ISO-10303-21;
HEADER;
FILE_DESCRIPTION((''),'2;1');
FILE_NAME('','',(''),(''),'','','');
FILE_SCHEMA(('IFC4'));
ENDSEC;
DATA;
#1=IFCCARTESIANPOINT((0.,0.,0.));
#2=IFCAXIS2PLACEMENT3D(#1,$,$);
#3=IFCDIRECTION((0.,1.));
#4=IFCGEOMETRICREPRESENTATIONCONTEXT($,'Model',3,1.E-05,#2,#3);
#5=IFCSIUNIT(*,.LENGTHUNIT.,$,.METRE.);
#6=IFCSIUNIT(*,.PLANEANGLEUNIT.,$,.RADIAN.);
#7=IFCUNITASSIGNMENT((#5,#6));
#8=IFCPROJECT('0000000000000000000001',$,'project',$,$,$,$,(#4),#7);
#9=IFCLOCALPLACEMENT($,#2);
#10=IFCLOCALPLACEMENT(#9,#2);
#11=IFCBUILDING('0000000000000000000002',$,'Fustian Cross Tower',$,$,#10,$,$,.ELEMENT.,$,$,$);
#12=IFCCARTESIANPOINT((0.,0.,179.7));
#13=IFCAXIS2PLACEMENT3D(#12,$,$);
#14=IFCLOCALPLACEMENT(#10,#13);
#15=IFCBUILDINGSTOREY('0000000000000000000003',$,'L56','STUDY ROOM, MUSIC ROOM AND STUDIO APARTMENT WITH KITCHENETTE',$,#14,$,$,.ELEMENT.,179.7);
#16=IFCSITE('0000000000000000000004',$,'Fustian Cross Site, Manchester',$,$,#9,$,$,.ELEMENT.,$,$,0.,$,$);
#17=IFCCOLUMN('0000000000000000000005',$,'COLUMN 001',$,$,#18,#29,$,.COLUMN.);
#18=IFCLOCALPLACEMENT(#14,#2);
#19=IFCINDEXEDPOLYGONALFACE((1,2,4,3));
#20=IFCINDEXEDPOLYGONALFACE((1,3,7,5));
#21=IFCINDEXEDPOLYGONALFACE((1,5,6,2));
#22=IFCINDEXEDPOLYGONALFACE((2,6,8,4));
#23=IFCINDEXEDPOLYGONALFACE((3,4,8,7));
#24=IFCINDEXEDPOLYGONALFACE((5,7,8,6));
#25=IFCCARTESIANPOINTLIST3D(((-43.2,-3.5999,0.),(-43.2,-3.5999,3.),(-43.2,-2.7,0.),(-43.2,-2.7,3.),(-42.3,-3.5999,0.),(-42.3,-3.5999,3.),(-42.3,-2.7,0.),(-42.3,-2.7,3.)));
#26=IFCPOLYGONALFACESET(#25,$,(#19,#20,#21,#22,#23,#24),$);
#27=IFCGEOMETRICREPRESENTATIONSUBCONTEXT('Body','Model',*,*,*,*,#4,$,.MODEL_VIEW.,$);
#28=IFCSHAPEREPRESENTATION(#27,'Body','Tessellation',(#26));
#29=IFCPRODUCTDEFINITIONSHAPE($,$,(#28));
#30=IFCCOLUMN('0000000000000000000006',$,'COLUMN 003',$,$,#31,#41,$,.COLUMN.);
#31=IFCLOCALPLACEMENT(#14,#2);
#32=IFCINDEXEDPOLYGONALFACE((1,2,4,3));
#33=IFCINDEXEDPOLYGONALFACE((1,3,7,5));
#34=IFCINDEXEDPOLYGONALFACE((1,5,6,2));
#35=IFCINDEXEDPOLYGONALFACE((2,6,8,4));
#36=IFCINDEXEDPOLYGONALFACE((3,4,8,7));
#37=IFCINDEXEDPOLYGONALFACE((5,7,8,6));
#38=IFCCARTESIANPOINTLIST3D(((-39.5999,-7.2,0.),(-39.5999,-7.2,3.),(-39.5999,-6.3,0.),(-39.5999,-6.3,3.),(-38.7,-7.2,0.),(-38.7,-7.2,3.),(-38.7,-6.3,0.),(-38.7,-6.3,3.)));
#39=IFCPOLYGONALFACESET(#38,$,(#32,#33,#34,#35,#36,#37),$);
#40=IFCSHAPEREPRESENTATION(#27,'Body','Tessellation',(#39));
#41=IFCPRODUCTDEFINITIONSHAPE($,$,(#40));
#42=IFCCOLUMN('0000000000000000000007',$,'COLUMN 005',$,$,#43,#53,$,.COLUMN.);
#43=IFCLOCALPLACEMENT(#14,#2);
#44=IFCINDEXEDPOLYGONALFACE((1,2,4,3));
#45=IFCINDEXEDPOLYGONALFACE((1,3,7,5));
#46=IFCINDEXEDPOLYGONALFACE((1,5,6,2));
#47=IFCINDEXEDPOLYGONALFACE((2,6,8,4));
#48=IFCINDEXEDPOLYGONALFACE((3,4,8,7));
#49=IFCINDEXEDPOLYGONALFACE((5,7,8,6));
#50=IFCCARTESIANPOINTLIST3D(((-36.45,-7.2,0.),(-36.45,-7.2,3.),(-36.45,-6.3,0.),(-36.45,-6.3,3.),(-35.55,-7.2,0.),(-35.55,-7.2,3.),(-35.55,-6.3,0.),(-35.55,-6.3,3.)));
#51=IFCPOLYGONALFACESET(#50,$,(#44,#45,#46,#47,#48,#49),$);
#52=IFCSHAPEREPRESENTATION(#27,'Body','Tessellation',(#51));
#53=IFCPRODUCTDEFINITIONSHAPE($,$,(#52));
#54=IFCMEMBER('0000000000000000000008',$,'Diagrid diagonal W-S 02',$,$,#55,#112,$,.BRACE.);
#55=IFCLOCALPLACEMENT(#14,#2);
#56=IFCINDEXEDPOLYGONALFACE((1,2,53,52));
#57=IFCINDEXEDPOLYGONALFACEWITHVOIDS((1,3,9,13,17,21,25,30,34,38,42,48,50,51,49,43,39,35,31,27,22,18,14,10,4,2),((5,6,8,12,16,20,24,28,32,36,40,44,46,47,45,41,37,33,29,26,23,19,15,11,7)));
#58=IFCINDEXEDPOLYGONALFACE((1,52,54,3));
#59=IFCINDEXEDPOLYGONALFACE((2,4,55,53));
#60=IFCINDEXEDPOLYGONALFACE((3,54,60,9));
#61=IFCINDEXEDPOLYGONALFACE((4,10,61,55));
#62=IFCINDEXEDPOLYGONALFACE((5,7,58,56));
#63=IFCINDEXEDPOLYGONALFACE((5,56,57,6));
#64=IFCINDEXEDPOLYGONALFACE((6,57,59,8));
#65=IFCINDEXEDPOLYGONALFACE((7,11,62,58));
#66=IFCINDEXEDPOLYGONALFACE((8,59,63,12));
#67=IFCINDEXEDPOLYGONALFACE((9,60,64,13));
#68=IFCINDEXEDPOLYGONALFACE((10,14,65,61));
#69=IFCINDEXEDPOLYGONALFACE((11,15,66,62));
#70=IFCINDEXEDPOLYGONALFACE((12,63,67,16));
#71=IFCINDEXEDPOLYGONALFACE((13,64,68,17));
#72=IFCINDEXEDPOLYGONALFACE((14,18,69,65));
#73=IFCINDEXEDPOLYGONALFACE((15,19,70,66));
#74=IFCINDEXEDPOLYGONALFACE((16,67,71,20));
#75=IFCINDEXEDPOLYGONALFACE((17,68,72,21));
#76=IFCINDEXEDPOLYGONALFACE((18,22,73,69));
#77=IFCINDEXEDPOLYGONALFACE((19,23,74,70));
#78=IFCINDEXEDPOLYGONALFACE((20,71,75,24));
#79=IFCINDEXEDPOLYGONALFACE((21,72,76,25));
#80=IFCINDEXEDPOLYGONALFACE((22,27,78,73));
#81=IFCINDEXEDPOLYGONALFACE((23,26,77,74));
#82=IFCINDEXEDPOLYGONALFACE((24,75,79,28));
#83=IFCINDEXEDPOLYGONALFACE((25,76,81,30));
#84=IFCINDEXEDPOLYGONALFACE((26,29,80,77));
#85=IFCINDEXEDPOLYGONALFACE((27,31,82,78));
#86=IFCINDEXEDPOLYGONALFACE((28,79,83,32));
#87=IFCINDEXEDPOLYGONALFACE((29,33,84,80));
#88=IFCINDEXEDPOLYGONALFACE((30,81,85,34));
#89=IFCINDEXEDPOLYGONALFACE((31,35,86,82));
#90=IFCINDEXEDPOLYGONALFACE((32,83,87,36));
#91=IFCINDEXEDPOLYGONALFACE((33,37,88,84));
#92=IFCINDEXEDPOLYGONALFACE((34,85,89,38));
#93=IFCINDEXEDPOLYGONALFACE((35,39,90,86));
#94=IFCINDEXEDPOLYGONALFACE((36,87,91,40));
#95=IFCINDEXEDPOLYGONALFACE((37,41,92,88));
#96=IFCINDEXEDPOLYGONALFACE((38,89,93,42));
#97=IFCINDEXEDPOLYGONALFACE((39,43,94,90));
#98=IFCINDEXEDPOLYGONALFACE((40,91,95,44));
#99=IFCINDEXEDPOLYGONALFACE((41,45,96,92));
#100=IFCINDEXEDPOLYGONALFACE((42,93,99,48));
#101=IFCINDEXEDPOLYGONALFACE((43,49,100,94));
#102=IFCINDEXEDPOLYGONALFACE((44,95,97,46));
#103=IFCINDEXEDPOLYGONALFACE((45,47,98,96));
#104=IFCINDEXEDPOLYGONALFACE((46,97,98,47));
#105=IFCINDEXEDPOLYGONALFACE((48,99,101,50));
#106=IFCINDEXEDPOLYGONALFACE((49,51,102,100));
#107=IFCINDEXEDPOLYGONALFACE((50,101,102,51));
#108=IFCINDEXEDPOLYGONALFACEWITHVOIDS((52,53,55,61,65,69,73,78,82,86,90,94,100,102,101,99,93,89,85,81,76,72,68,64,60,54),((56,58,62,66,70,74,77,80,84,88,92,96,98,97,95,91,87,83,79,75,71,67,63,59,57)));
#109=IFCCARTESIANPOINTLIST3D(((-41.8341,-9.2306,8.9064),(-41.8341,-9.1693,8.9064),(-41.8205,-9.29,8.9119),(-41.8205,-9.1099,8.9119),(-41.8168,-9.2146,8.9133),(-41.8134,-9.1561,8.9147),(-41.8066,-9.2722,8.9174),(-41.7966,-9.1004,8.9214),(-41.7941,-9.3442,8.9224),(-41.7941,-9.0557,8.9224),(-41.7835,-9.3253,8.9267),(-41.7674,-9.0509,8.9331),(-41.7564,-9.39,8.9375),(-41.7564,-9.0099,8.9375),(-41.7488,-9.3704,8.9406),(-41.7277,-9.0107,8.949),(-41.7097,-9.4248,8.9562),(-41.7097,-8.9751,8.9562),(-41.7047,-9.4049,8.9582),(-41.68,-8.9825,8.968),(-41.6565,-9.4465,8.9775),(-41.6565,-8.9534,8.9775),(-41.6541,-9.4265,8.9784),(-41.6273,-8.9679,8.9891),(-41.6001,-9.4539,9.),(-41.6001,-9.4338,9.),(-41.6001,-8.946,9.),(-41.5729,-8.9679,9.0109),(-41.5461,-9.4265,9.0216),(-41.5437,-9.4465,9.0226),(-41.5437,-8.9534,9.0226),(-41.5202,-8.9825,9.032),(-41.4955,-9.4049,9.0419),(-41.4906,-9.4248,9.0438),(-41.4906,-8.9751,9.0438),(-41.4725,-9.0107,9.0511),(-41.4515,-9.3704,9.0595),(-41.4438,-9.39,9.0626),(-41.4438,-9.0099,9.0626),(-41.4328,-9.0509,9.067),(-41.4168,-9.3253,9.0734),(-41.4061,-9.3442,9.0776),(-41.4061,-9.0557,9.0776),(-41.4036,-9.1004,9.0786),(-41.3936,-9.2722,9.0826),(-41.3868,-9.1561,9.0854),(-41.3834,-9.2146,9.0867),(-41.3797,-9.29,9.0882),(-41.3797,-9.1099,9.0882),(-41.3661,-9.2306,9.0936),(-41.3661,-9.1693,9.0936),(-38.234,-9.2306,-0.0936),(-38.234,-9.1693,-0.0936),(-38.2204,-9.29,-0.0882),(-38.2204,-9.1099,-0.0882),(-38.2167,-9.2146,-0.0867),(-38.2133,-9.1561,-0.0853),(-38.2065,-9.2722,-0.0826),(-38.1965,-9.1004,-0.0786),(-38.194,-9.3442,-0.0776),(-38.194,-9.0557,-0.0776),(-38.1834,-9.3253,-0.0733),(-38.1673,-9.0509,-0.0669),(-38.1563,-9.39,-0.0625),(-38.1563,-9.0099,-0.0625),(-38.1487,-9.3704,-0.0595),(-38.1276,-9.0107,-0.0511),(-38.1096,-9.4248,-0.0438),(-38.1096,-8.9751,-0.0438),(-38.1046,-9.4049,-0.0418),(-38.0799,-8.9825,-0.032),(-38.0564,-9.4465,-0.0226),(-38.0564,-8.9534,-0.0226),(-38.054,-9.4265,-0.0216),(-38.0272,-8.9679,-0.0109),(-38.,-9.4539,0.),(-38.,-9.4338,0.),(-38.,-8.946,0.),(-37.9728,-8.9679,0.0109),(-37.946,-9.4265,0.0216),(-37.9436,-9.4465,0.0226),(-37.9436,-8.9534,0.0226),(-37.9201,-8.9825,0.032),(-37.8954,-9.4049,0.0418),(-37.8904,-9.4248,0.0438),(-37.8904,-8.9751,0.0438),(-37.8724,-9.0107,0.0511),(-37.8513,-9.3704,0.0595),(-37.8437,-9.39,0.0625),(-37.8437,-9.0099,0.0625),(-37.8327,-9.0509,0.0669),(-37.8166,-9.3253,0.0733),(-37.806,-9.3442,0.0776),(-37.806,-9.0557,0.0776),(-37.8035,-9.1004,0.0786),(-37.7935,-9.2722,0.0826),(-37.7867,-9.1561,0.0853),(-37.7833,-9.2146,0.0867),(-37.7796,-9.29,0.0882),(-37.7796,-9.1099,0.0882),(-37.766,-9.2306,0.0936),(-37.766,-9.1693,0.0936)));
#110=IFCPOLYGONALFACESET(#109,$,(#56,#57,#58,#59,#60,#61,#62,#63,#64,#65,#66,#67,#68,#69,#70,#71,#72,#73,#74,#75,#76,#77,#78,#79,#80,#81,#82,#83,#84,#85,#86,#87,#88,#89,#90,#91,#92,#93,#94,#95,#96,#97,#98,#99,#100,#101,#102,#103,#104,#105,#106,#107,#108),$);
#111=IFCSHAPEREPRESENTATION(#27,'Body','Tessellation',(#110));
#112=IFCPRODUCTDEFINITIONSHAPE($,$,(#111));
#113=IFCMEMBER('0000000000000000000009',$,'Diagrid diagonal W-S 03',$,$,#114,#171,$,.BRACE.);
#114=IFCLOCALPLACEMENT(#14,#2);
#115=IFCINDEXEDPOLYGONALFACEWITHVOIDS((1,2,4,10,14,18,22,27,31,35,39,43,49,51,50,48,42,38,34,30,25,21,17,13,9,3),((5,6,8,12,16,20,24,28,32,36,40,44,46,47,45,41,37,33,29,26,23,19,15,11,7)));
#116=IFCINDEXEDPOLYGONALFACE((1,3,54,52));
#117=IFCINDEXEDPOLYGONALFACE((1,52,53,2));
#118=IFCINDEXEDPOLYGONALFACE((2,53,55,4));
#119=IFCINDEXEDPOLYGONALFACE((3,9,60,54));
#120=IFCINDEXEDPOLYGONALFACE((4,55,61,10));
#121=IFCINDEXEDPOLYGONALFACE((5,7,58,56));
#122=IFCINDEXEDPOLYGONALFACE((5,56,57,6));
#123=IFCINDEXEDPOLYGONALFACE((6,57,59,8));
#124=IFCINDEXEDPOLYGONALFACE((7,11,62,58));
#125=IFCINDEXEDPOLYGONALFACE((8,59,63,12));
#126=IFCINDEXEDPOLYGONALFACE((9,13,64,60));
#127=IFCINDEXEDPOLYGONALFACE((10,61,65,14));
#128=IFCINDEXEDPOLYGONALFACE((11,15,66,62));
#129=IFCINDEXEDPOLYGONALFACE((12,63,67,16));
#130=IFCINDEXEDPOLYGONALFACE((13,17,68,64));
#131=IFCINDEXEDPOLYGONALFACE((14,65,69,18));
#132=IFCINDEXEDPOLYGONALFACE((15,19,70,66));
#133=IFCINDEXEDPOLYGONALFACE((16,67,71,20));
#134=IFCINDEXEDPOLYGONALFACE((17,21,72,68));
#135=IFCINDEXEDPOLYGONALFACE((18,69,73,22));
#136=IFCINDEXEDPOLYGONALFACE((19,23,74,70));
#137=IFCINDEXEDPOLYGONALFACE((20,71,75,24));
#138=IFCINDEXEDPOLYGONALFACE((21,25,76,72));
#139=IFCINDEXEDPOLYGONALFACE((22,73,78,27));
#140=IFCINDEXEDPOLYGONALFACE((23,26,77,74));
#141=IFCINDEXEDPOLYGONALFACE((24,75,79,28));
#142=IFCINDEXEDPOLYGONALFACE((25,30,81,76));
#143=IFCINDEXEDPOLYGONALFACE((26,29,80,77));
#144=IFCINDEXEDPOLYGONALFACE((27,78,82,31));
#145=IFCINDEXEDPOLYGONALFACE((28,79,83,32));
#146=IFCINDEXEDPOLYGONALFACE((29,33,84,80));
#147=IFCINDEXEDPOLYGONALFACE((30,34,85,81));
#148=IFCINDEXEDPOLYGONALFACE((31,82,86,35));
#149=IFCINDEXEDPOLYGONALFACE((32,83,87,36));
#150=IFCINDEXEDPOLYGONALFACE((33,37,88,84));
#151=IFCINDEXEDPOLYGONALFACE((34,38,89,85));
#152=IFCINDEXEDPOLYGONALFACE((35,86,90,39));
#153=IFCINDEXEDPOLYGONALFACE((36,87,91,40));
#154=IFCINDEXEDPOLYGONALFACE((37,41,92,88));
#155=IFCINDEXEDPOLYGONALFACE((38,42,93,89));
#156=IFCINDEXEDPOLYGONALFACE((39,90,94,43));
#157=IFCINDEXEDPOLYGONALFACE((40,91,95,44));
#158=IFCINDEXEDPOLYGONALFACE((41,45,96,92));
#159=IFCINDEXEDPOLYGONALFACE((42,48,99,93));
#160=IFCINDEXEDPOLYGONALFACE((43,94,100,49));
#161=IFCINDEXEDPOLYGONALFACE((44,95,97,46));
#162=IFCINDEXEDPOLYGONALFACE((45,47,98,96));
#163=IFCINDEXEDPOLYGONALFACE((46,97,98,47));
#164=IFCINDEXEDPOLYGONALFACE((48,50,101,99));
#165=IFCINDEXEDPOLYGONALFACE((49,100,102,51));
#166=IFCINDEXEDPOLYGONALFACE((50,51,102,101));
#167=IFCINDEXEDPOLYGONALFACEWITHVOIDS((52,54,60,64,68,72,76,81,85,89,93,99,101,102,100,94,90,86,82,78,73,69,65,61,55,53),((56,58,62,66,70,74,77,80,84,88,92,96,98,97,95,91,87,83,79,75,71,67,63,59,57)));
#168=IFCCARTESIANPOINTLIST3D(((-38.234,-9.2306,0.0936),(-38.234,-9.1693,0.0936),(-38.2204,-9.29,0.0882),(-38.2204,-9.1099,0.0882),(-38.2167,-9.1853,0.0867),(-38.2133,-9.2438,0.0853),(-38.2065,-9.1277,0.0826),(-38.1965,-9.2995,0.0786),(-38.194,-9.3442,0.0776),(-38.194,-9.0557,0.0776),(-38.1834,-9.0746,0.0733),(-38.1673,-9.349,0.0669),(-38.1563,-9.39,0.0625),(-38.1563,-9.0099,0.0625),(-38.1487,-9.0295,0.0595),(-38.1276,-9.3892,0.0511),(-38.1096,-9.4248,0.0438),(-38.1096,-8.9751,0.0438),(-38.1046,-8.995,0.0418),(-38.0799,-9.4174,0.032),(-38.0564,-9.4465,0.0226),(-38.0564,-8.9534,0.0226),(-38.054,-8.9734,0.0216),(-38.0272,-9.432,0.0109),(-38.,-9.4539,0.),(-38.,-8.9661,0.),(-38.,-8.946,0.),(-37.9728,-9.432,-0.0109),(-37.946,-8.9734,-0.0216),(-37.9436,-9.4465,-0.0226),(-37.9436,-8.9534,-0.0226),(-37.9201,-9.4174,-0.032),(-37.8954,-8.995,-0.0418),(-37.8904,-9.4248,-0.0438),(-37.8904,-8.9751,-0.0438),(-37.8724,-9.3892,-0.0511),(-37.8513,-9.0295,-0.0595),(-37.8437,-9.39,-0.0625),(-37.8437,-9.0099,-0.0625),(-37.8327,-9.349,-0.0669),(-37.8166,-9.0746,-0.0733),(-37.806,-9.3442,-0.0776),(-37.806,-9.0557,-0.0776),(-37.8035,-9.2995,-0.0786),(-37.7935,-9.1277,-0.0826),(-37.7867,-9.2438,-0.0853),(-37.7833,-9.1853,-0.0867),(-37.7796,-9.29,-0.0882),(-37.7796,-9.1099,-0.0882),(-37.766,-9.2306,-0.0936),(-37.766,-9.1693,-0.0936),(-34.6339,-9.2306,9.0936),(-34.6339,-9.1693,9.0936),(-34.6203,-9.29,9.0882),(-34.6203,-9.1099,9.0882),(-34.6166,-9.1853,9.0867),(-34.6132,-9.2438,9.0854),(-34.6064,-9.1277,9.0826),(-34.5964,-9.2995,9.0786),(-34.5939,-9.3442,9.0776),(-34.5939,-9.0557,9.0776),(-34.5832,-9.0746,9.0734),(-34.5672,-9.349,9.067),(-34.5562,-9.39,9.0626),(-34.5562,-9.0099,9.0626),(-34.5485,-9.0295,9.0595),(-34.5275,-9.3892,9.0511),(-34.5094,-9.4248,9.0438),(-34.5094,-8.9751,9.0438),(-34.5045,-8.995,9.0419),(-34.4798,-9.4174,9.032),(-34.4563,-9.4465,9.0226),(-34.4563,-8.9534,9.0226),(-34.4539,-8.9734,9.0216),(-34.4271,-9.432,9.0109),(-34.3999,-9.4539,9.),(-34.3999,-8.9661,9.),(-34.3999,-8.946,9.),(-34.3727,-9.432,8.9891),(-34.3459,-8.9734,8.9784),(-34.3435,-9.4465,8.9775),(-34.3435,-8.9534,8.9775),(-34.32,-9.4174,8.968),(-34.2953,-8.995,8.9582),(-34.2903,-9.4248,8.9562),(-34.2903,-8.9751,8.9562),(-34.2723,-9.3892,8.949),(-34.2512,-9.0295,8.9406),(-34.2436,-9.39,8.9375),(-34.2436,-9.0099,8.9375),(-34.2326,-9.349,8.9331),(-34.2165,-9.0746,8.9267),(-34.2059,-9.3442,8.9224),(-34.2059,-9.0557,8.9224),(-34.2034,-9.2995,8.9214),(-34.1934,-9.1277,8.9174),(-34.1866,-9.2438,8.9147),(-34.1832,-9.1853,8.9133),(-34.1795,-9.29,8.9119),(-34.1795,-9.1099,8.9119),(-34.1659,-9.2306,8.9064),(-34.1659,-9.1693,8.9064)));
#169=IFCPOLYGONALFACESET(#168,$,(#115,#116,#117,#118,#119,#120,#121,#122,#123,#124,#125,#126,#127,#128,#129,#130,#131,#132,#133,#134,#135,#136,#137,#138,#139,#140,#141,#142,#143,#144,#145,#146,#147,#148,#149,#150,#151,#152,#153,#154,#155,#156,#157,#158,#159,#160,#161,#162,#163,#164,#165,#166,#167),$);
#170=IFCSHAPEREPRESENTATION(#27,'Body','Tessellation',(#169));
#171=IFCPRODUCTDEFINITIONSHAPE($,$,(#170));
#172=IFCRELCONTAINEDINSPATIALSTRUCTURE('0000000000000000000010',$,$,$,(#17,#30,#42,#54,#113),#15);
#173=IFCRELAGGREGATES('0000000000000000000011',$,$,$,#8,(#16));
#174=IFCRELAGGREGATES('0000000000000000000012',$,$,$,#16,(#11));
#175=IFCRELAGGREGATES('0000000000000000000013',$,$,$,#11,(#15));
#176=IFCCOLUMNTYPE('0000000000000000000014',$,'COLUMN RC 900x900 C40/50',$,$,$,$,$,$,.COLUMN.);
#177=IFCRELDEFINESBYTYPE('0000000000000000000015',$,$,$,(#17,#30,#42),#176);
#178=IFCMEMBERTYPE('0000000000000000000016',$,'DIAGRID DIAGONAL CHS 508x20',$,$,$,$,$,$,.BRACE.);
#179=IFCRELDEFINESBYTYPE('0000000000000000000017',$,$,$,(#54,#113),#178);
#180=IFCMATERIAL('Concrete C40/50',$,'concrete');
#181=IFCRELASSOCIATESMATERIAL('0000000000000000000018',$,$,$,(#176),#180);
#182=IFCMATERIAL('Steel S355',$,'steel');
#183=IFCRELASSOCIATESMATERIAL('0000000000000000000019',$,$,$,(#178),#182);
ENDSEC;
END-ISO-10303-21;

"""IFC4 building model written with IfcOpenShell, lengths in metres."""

from ifc_helpers import new_model, si_unit, direction, frame, origin, origin_2d, place, context, subcontext, project, spatial, rectangle, hollow_circle, extrude, material, material_profile, profile_set, type_object, element, save


model = new_model("IFC4")

# Units and contexts
model_context = context("Model", 3, precision=1e-05, world=origin(), true_north=direction((0.0, 1.0)))
body_context = subcontext(model_context, "Body", "Model", "MODEL_VIEW")
ifc_project = project(units=[si_unit("LENGTHUNIT", "METRE"), si_unit("PLANEANGLEUNIT", "RADIAN")], contexts=[model_context])

# Site, building, storey
site_placement = place(None, origin())
site = spatial("IfcSite", under=ifc_project, at=site_placement, Name="Fustian Cross Site, Manchester", CompositionType="ELEMENT", RefElevation=0.0)
building_placement = place(site_placement, origin())
building = spatial("IfcBuilding", under=site, at=building_placement, Name="Fustian Cross Tower", CompositionType="ELEMENT")
storey_placement = place(building_placement, frame((0.0, 0.0, 179.7)))
storey = spatial("IfcBuildingStorey", under=building, at=storey_placement, Name="L56", Description="STUDY ROOM, MUSIC ROOM AND STUDIO APARTMENT WITH KITCHENETTE", CompositionType="ELEMENT", Elevation=179.7)

# Columns
ifc_material_1 = material(Name="Concrete C40/50", Category="concrete")
ifc_material_profile_1 = material_profile(ifc_material_1, rectangle(XDim=0.8999, YDim=0.8999, at=origin_2d()), Name="RC 900x900")
ifc_profile_set_1 = profile_set([ifc_material_profile_1], Name="Concrete C40/50")
column_type = type_object("IfcColumnType", Name="COLUMN RC 900x900 C40/50", PredefinedType="COLUMN", material=ifc_profile_set_1)
for number, where, z_axis, x_axis, name in (
    (1, (-42.75, -3.1499, 0.0), (0.0, 0.0, 1.0), (1.0, 0.0, 0.0), "COLUMN 001"),
    (2, (-39.1499, -6.75, 0.0), (0.0, 0.0, 1.0), (1.0, 0.0, 0.0), "COLUMN 003"),
    (3, (-36.0, -6.75, 0.0), (0.0, 0.0, 1.0), (1.0, 0.0, 0.0), "COLUMN 005"),
):
    element("IfcColumn", number, at=place(storey_placement, frame(where, z_axis=z_axis, x_axis=x_axis)), inside=storey, type_object=column_type, Name=name, PredefinedType="COLUMN", context=body_context, shape_type="SweptSolid", body=[
        extrude(rectangle(XDim=0.8999, YDim=0.8999, at=origin_2d()), origin(), (0.0, 0.0, 1.0), 3.0),
    ])

# Members
ifc_material_2 = material(Name="Steel S355", Category="steel")
ifc_material_profile_2 = material_profile(ifc_material_2, hollow_circle(Radius=0.2539, WallThickness=0.02, at=origin_2d()), Name="CHS 508x20")
ifc_profile_set_2 = profile_set([ifc_material_profile_2], Name="Steel S355")
member_type_1 = type_object("IfcMemberType", Name="DIAGRID DIAGONAL CHS 508x20", PredefinedType="BRACE", material=ifc_profile_set_2)
for number, where, z_axis, x_axis, name in (
    (4, (-38.0, -9.2, 0.0), (-0.371399, 0.0, 0.928473), (0.0, -1.0, 0.0), "Diagrid diagonal W-S 02"),
    (5, (-38.0, -9.2, 0.0), (0.371399, 0.0, 0.928473), (0.0, 1.0, 0.0), "Diagrid diagonal W-S 03"),
):
    element("IfcMember", number, at=place(storey_placement, frame(where, z_axis=z_axis, x_axis=x_axis)), inside=storey, type_object=member_type_1, Name=name, PredefinedType="BRACE", context=body_context, shape_type="SweptSolid", body=[
        extrude(hollow_circle(Radius=0.2539, WallThickness=0.02, at=origin_2d()), origin(), (0.0, 0.0, 1.0), 9.6934),
    ])

save(model, "model.ifc")
